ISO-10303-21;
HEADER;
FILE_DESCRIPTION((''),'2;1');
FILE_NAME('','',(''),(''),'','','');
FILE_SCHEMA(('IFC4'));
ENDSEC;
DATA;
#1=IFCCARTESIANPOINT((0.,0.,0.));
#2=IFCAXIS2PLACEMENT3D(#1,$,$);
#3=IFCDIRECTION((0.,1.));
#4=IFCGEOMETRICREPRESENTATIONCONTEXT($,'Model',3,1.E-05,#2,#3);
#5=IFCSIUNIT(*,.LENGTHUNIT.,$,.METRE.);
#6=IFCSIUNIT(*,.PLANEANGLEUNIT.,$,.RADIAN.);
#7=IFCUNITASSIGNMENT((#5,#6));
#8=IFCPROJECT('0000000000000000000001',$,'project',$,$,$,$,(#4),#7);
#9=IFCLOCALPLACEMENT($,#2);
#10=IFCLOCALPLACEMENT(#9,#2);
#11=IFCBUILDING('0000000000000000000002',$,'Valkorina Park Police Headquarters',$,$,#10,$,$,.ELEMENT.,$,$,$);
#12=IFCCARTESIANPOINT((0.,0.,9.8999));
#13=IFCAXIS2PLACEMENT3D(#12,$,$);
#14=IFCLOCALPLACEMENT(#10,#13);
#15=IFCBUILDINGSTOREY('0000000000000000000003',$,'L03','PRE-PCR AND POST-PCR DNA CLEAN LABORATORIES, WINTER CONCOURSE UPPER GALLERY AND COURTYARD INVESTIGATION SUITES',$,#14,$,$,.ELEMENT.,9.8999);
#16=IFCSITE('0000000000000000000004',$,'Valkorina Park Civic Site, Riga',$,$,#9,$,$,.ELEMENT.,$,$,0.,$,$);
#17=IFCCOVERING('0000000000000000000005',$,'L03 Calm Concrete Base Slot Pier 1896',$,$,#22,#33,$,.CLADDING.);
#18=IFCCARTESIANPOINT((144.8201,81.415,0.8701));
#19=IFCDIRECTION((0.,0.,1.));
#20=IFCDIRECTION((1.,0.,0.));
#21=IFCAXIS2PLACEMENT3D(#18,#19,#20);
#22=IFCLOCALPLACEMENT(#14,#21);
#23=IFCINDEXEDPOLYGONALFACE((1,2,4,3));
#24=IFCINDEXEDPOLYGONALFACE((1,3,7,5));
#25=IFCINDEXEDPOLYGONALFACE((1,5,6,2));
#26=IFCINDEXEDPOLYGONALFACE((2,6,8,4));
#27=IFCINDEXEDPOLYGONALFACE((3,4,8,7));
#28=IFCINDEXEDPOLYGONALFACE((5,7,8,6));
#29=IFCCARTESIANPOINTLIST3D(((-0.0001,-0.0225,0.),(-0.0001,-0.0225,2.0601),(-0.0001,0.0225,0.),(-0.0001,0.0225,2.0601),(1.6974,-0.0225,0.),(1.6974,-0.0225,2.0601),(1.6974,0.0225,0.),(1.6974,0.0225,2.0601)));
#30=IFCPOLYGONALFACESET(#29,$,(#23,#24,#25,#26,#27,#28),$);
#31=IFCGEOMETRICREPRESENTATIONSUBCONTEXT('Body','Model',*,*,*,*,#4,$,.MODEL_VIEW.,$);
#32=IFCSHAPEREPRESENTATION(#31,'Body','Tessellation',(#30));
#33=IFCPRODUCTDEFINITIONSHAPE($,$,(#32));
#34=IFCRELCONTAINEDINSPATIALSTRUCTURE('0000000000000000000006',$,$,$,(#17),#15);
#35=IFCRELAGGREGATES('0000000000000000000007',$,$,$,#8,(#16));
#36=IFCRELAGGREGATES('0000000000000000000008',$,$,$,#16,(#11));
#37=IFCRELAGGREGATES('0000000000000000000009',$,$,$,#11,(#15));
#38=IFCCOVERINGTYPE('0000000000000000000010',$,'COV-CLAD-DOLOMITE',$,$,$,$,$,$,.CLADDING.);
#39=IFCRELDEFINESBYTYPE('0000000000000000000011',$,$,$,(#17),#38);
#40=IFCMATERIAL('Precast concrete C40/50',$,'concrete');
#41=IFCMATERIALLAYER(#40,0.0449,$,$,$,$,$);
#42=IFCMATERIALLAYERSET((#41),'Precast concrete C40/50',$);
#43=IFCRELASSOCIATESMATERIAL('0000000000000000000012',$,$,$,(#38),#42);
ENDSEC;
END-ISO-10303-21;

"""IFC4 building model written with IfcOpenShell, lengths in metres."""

from ifc_helpers import new_model, si_unit, direction, frame, frame_2d, origin, place, context, subcontext, project, spatial, rectangle, extrude, material, layer, layer_set, type_object, element, save


model = new_model("IFC4")

# Units and contexts
model_context = context("Model", 3, precision=1e-05, world=origin(), true_north=direction((0.0, 1.0)))
body_context = subcontext(model_context, "Body", "Model", "MODEL_VIEW")
ifc_project = project(units=[si_unit("LENGTHUNIT", "METRE"), si_unit("PLANEANGLEUNIT", "RADIAN")], contexts=[model_context])

# Site, building, storey
site_placement = place(None, origin())
site = spatial("IfcSite", under=ifc_project, at=site_placement, Name="Valkorina Park Civic Site, Riga", CompositionType="ELEMENT", RefElevation=0.0)
building_placement = place(site_placement, origin())
building = spatial("IfcBuilding", under=site, at=building_placement, Name="Valkorina Park Police Headquarters", CompositionType="ELEMENT")
storey_placement = place(building_placement, frame((0.0, 0.0, 9.8999)))
storey = spatial("IfcBuildingStorey", under=building, at=storey_placement, Name="L03", Description="PRE-PCR AND POST-PCR DNA CLEAN LABORATORIES, WINTER CONCOURSE UPPER GALLERY AND COURTYARD INVESTIGATION SUITES", CompositionType="ELEMENT", Elevation=9.8999)

# Covering
ifc_material_1 = material(Name="Precast concrete C40/50", Category="concrete")
ifc_layer_1 = layer(ifc_material_1, 0.0449)
ifc_layer_set_1 = layer_set([ifc_layer_1], Name="Precast concrete C40/50")
covering_type = type_object("IfcCoveringType", Name="COV-CLAD-DOLOMITE", PredefinedType="CLADDING", material=ifc_layer_set_1)
covering_1_placement = place(storey_placement, frame((144.8201, 81.415, 0.8701), z_axis=(0.0, 0.0, 1.0), x_axis=(1.0, 0.0, 0.0)))
element("IfcCovering", 1, at=covering_1_placement, inside=storey, type_object=covering_type, Name="L03 Calm Concrete Base Slot Pier 1896", PredefinedType="CLADDING", context=body_context, shape_type="SweptSolid", body=[
    extrude(rectangle(XDim=1.6975, YDim=0.0449, at=frame_2d((0.8486, 0.0))), origin(), (0.0, 0.0, 1.0), 2.0601),
])

save(model, "model.ifc")
